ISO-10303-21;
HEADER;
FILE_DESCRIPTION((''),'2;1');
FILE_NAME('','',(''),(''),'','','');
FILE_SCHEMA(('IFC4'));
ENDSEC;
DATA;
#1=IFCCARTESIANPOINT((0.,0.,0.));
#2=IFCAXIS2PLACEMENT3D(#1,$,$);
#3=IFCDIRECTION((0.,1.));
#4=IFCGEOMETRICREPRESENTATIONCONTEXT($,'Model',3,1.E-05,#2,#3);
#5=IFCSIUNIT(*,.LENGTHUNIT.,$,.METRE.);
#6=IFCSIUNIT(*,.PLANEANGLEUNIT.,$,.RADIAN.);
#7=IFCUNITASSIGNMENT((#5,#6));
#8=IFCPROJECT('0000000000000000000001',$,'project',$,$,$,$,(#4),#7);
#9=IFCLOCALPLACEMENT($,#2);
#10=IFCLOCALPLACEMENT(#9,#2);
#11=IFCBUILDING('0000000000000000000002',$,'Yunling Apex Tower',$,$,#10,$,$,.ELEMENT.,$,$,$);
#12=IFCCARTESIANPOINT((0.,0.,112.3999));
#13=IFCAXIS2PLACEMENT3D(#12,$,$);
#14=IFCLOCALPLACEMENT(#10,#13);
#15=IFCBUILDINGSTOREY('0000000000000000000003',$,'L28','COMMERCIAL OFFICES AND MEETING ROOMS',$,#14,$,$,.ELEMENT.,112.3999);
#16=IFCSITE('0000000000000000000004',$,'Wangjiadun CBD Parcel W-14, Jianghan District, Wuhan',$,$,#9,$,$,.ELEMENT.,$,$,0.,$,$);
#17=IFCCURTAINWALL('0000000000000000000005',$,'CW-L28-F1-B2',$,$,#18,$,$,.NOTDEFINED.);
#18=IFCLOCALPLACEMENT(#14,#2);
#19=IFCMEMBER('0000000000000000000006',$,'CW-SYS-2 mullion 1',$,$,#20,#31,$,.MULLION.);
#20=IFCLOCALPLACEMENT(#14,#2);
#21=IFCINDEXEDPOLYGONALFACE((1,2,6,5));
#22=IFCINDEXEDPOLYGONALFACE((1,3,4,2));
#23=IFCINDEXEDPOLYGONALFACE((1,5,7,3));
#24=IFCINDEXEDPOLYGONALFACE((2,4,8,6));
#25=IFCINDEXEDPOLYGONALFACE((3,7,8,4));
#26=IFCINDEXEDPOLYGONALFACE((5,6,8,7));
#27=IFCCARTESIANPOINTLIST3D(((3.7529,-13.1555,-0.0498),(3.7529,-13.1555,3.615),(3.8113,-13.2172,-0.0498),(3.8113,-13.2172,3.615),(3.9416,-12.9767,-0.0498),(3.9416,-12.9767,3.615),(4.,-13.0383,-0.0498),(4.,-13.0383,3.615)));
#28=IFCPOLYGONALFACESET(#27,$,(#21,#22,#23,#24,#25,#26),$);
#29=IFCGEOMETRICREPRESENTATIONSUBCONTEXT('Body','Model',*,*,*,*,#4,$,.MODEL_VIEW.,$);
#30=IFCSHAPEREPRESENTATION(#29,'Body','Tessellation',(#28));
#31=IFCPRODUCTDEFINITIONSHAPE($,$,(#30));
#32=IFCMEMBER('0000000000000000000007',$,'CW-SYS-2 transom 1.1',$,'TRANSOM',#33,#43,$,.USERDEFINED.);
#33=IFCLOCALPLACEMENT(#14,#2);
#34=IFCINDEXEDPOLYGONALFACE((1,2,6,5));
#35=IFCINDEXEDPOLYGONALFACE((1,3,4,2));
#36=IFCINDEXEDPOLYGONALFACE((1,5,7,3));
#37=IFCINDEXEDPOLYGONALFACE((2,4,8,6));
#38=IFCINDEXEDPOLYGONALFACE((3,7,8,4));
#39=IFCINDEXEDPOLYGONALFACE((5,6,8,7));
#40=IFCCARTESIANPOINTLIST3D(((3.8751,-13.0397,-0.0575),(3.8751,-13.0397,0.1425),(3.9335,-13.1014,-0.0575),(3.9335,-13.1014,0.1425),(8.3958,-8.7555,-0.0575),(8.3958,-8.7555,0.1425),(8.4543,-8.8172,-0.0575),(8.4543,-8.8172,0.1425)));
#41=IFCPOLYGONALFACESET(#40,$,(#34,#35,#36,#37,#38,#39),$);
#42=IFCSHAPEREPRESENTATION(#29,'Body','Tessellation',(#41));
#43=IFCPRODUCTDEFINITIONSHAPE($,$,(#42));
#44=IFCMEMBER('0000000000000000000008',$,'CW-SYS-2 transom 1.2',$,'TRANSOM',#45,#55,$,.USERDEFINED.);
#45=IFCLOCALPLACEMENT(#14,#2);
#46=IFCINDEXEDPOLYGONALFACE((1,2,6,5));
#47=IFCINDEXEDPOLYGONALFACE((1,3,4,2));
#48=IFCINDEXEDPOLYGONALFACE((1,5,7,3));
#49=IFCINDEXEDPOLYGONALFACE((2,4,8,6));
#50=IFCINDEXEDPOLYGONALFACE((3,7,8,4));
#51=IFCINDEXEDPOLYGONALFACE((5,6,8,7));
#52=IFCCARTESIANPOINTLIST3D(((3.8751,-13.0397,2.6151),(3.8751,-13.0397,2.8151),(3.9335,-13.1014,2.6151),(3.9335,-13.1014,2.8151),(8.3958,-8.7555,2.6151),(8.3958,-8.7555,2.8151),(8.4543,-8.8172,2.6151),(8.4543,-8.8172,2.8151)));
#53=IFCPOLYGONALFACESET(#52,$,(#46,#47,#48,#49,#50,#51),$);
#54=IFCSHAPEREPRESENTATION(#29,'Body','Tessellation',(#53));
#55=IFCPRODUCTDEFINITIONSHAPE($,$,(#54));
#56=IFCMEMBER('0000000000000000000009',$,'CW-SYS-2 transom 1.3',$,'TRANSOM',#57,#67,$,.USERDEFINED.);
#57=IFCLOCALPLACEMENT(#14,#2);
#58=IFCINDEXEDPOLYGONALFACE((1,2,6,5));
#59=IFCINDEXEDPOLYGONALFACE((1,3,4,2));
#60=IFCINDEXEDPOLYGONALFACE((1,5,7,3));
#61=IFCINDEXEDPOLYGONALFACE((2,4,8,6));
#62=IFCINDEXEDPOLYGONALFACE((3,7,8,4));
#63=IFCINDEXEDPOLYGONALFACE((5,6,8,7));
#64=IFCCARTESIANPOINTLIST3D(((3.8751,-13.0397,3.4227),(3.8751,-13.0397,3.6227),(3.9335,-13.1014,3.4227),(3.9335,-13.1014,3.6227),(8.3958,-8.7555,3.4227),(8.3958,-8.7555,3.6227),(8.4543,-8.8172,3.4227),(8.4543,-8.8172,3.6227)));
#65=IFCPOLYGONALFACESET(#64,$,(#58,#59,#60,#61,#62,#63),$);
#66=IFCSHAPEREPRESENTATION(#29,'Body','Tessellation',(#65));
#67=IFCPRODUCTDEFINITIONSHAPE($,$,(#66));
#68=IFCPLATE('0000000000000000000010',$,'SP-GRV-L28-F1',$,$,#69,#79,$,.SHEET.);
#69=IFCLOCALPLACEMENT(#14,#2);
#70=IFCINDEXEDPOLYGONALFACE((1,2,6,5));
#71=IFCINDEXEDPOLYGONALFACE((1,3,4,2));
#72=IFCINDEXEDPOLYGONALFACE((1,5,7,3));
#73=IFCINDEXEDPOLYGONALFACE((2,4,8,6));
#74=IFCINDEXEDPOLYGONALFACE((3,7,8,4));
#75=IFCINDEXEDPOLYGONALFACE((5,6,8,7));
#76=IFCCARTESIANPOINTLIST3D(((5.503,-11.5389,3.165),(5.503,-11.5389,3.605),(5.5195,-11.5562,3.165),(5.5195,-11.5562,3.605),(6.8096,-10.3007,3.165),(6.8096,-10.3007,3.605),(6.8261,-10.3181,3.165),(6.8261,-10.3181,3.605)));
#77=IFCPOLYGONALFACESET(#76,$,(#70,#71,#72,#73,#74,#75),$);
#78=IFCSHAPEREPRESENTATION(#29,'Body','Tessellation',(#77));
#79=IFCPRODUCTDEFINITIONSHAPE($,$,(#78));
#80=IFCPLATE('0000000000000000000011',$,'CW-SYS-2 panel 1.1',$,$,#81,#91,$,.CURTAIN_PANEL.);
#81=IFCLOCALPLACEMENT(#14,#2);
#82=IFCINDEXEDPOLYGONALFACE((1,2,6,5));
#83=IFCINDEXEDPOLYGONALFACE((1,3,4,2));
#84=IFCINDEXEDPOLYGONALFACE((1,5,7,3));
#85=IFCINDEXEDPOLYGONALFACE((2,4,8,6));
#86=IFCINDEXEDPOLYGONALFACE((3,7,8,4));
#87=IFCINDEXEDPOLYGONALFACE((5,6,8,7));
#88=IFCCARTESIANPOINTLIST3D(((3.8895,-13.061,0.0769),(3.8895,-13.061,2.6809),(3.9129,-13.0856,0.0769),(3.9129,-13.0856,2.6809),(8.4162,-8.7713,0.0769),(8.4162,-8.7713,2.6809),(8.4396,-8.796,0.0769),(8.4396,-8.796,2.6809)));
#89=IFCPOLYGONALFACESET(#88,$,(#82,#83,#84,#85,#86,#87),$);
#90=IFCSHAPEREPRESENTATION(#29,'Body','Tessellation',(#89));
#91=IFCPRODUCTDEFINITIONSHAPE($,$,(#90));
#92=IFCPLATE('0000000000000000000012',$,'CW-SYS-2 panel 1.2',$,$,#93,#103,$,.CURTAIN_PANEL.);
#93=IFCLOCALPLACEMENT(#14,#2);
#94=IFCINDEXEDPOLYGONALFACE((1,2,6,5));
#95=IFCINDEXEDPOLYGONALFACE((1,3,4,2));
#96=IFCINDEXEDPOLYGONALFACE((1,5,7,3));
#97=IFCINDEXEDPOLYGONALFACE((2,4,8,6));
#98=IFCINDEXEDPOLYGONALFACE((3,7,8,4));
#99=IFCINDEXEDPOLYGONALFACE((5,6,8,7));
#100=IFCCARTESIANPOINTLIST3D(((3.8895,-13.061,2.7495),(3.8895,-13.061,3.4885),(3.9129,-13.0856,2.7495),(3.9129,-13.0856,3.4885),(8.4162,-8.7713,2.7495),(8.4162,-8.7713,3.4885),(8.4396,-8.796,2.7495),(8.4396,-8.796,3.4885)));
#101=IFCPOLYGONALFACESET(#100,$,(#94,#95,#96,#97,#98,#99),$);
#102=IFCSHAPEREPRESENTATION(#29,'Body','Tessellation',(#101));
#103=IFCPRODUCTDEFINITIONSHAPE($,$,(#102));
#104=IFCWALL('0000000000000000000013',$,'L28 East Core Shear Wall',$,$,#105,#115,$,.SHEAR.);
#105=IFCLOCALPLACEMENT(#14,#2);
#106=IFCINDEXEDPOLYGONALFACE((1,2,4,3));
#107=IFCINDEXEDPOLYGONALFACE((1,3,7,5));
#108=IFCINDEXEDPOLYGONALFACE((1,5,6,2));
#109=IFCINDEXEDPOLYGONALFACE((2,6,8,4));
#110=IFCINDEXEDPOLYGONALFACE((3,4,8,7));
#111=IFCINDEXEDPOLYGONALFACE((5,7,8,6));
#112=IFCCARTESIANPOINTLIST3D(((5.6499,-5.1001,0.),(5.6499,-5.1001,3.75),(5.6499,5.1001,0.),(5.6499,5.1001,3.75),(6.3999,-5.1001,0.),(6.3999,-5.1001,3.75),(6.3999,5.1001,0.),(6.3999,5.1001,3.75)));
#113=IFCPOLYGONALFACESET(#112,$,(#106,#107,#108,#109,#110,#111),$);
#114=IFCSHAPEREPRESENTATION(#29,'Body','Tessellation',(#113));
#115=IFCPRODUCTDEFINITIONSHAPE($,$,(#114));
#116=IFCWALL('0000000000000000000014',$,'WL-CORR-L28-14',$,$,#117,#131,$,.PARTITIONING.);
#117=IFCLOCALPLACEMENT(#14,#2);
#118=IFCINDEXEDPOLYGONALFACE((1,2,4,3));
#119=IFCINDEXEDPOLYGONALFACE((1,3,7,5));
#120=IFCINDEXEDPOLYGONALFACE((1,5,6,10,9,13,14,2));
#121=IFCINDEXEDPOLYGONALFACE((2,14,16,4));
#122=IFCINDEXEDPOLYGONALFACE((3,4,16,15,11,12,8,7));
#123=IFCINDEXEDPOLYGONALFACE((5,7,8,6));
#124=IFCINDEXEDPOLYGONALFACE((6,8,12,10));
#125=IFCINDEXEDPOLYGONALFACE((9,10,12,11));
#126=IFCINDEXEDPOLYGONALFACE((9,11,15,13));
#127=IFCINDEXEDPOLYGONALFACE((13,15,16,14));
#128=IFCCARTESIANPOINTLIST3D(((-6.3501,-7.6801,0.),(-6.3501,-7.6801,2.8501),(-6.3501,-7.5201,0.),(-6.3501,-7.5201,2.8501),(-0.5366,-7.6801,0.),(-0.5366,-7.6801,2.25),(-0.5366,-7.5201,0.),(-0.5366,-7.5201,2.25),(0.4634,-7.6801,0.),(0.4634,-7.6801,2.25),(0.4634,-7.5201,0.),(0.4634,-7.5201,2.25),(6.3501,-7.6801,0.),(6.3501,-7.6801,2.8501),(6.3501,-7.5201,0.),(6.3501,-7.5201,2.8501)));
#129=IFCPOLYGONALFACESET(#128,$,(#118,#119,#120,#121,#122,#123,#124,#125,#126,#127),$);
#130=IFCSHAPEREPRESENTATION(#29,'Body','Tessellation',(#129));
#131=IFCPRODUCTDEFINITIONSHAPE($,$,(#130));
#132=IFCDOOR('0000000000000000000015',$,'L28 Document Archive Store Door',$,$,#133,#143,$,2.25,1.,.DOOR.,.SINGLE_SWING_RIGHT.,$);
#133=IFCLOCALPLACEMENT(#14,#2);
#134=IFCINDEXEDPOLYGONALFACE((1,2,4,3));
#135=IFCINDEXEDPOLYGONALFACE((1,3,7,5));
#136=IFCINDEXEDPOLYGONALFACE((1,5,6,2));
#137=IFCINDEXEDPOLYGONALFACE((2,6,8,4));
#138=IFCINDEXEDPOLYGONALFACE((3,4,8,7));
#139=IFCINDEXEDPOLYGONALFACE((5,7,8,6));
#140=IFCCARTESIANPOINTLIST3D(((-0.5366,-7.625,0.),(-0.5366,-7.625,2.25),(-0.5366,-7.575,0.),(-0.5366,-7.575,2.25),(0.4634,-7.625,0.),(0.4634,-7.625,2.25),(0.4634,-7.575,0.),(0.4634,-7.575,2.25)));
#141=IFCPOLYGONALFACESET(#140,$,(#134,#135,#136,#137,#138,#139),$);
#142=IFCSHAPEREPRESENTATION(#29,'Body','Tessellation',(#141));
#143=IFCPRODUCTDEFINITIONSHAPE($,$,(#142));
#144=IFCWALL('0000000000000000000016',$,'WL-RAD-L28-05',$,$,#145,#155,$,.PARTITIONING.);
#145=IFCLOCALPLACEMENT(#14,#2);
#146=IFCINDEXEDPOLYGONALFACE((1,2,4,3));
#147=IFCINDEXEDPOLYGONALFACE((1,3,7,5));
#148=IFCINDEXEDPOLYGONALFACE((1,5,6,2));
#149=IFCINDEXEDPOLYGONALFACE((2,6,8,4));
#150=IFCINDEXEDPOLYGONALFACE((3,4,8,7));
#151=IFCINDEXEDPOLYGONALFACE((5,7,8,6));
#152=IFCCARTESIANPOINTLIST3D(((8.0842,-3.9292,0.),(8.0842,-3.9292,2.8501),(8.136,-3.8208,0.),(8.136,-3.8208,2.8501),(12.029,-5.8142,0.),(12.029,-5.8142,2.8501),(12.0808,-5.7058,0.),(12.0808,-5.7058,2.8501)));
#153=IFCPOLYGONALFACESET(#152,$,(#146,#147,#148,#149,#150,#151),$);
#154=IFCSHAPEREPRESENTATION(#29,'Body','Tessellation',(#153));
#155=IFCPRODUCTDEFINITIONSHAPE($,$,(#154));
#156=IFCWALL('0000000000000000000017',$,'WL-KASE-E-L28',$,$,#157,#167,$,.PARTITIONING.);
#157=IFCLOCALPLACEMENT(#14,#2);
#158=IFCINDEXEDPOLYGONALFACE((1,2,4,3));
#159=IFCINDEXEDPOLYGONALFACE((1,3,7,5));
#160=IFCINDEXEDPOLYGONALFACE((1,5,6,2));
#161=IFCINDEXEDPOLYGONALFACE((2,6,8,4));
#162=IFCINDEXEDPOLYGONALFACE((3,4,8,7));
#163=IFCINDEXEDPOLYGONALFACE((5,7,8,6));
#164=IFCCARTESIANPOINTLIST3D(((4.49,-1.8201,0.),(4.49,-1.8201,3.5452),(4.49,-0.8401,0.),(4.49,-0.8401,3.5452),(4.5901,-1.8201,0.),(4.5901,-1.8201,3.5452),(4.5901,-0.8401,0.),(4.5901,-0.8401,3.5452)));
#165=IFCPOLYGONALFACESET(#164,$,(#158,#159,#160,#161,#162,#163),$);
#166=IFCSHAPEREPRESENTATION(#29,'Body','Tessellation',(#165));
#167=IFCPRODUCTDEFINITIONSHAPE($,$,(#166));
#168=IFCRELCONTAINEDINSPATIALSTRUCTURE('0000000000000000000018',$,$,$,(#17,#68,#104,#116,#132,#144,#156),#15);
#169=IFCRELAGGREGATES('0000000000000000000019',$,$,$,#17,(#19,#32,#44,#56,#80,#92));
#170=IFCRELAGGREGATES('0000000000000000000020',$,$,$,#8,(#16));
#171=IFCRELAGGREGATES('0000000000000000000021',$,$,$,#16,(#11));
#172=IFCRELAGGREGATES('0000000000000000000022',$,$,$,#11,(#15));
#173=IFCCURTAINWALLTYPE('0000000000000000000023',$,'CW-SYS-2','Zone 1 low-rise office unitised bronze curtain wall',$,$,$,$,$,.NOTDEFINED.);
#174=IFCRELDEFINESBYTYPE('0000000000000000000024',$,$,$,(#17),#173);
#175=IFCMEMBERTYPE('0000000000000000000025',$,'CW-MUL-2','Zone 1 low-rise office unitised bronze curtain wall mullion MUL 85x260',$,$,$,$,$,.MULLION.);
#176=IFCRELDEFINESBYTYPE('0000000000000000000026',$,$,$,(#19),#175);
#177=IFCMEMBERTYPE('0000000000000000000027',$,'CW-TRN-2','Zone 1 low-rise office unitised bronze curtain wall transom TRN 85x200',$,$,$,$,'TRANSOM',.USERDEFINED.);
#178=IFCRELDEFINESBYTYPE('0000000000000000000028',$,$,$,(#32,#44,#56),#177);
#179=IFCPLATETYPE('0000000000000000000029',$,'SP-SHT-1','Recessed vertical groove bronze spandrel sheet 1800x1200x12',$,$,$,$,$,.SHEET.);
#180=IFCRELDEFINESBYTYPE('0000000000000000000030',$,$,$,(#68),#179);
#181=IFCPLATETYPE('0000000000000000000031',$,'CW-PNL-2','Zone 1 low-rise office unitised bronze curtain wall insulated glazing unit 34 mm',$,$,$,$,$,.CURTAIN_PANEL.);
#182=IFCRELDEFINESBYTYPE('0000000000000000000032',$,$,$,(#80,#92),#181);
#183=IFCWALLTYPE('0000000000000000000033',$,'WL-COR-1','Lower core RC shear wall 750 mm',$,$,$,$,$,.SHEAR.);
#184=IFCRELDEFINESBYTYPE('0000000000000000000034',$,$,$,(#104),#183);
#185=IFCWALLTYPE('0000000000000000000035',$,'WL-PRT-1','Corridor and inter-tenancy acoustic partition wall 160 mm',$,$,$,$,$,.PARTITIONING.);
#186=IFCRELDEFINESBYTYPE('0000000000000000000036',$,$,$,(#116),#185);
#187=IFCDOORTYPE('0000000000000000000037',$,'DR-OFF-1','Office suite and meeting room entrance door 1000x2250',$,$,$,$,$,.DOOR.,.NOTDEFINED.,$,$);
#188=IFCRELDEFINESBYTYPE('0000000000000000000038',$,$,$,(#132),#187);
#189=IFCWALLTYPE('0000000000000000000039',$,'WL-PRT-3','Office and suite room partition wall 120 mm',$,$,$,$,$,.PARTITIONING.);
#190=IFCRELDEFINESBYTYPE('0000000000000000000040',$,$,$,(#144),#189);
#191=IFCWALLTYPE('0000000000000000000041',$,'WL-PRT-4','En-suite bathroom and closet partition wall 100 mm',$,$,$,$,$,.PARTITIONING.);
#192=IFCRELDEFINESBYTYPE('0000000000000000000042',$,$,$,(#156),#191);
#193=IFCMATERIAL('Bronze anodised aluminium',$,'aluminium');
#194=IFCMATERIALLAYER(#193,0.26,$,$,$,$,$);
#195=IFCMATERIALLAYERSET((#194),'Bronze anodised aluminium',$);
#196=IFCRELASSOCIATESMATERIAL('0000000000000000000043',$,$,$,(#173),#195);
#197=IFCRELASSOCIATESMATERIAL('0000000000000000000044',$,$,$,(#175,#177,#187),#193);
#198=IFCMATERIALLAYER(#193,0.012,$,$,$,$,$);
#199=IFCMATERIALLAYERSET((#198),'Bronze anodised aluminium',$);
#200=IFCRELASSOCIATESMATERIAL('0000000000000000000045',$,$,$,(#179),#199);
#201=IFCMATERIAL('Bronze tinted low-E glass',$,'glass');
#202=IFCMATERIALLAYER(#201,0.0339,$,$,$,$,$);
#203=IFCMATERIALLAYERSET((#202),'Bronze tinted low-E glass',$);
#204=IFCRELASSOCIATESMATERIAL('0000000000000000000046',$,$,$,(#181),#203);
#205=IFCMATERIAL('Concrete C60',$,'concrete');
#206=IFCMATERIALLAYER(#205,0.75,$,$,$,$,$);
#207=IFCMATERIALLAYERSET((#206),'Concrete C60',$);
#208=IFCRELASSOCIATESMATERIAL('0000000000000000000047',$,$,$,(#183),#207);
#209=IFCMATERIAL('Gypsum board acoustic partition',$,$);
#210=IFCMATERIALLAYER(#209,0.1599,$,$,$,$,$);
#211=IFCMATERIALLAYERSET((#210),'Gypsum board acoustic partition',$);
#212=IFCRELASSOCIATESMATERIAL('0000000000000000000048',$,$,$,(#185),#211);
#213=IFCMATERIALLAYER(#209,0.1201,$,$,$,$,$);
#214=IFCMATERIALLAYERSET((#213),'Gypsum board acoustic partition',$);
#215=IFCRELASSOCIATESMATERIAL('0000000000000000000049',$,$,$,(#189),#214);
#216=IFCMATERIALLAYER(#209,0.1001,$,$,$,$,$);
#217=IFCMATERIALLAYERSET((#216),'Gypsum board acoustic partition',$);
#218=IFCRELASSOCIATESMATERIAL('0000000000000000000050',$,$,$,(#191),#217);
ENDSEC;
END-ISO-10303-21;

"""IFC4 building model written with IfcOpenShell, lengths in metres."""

from ifc_helpers import new_model, si_unit, direction, frame, frame_2d, origin, origin_2d, place, context, subcontext, project, spatial, rectangle, extrude, source, transform, mapped, material, layer, layer_set, material_profile, profile_set, type_object, element, fill, aggregate, save


model = new_model("IFC4")

# Units and contexts
model_context = context("Model", 3, precision=1e-05, world=origin(), true_north=direction((0.0, 1.0)))
body_context = subcontext(model_context, "Body", "Model", "MODEL_VIEW")
ifc_project = project(units=[si_unit("LENGTHUNIT", "METRE"), si_unit("PLANEANGLEUNIT", "RADIAN")], contexts=[model_context])

# Site, building, storey
site_placement = place(None, origin())
site = spatial("IfcSite", under=ifc_project, at=site_placement, Name="Wangjiadun CBD Parcel W-14, Jianghan District, Wuhan", CompositionType="ELEMENT", RefElevation=0.0)
building_placement = place(site_placement, origin())
building = spatial("IfcBuilding", under=site, at=building_placement, Name="Yunling Apex Tower", CompositionType="ELEMENT")
storey_placement = place(building_placement, frame((0.0, 0.0, 112.3999)))
storey = spatial("IfcBuildingStorey", under=building, at=storey_placement, Name="L28", Description="COMMERCIAL OFFICES AND MEETING ROOMS", CompositionType="ELEMENT", Elevation=112.3999)

# Shared definitions
ifc_material_1 = material(Name="Concrete C60", Category="concrete")

# Shared definitions
ifc_material_2 = material(Name="Bronze anodised aluminium", Category="aluminium")
ifc_layer_1 = layer(ifc_material_2, 0.26)
ifc_layer_set_1 = layer_set([ifc_layer_1], Name="Bronze anodised aluminium")
curtain_wall_type = type_object("IfcCurtainWallType", Name="CW-SYS-2", Description="Zone 1 low-rise office unitised bronze curtain wall", PredefinedType="NOTDEFINED", material=ifc_layer_set_1)
ifc_material_profile_1 = material_profile(ifc_material_2, rectangle(XDim=0.085, YDim=0.26, at=origin_2d()))
ifc_profile_set_1 = profile_set([ifc_material_profile_1], Name="Bronze anodised aluminium")
member_type_1 = type_object("IfcMemberType", Name="CW-MUL-2", Description="Zone 1 low-rise office unitised bronze curtain wall mullion MUL 85x260", PredefinedType="MULLION", material=ifc_profile_set_1)
shared_shape_1 = source(origin(), body_context, "Body", "SweptSolid", [
    extrude(rectangle(XDim=0.085, YDim=0.26, at=origin_2d()), origin(), (0.0, 0.0, 1.0), 3.6648),
])

# Curtain wall, members
curtain_wall_1_placement = place(storey_placement, origin())
curtain_wall_1 = element("IfcCurtainWall", 1, at=curtain_wall_1_placement, inside=storey, type_object=curtain_wall_type, Name="CW-L28-F1-B2", PredefinedType="NOTDEFINED")
member_1_placement = place(storey_placement, frame((3.8765, -13.0969, -0.0498), z_axis=(0.0, 0.0, 1.0), x_axis=(-0.687844, 0.725858, 0.0)))
member_1 = element("IfcMember", 2, at=member_1_placement, type_object=member_type_1, Name="CW-SYS-2 mullion 1", PredefinedType="MULLION", context=body_context, shape_type="MappedRepresentation", body=[
    mapped(shared_shape_1, transform((0.0, 0.0, 0.0), scale=1.0)),
])
ifc_material_profile_2 = material_profile(ifc_material_2, rectangle(XDim=0.085, YDim=0.2, at=origin_2d()))
ifc_profile_set_2 = profile_set([ifc_material_profile_2], Name="Bronze anodised aluminium")
member_type_2 = type_object("IfcMemberType", Name="CW-TRN-2", Description="Zone 1 low-rise office unitised bronze curtain wall transom TRN 85x200", ElementType="TRANSOM", PredefinedType="USERDEFINED", material=ifc_profile_set_2)
shared_shape_2 = source(origin(), body_context, "Body", "SweptSolid", [
    extrude(rectangle(XDim=0.085, YDim=0.2, at=origin_2d()), origin(), (0.0, 0.0, 1.0), 6.2283),
])
member_2_placement = place(storey_placement, frame((3.9043, -13.0706, 0.0425), z_axis=(0.725843, 0.68786, 0.0), x_axis=(-0.68786, 0.725843, 0.0)))
member_2 = element("IfcMember", 3, at=member_2_placement, type_object=member_type_2, Name="CW-SYS-2 transom 1.1", ObjectType="TRANSOM", PredefinedType="USERDEFINED", context=body_context, shape_type="MappedRepresentation", body=[
    mapped(shared_shape_2, transform((0.0, 0.0, 0.0), scale=1.0)),
])
member_3_placement = place(storey_placement, frame((3.9043, -13.0706, 2.7151), z_axis=(0.725843, 0.68786, 0.0), x_axis=(-0.68786, 0.725843, 0.0)))
member_3 = element("IfcMember", 4, at=member_3_placement, type_object=member_type_2, Name="CW-SYS-2 transom 1.2", ObjectType="TRANSOM", PredefinedType="USERDEFINED", context=body_context, shape_type="MappedRepresentation", body=[
    mapped(shared_shape_2, transform((0.0, 0.0, 0.0), scale=1.0)),
])
member_4_placement = place(storey_placement, frame((3.9043, -13.0706, 3.5227), z_axis=(0.725843, 0.68786, 0.0), x_axis=(-0.68786, 0.725843, 0.0)))
member_4 = element("IfcMember", 5, at=member_4_placement, type_object=member_type_2, Name="CW-SYS-2 transom 1.3", ObjectType="TRANSOM", PredefinedType="USERDEFINED", context=body_context, shape_type="MappedRepresentation", body=[
    mapped(shared_shape_2, transform((0.0, 0.0, 0.0), scale=1.0)),
])

# Plates
ifc_layer_2 = layer(ifc_material_2, 0.012)
ifc_layer_set_2 = layer_set([ifc_layer_2], Name="Bronze anodised aluminium")
plate_type_1 = type_object("IfcPlateType", Name="SP-SHT-1", Description="Recessed vertical groove bronze spandrel sheet 1800x1200x12", PredefinedType="SHEET", material=ifc_layer_set_2)
shared_shape_3 = source(origin(), body_context, "Body", "SweptSolid", [
    extrude(rectangle(XDim=1.8, YDim=0.0239, at=origin_2d()), origin(), (0.0, 0.0, 1.0), 0.4399),
])
plate_1_placement = place(storey_placement, frame((6.1646, -10.9285, 3.165), z_axis=(0.0, 0.0, 1.0), x_axis=(0.725855, 0.687848, 0.0)))
element("IfcPlate", 6, at=plate_1_placement, inside=storey, type_object=plate_type_1, Name="SP-GRV-L28-F1", PredefinedType="SHEET", context=body_context, shape_type="MappedRepresentation", body=[
    mapped(shared_shape_3, transform((0.0, 0.0, 0.0), scale=1.0)),
])
ifc_material_3 = material(Name="Bronze tinted low-E glass", Category="glass")
ifc_layer_3 = layer(ifc_material_3, 0.0339)
ifc_layer_set_3 = layer_set([ifc_layer_3], Name="Bronze tinted low-E glass")
plate_type_2 = type_object("IfcPlateType", Name="CW-PNL-2", Description="Zone 1 low-rise office unitised bronze curtain wall insulated glazing unit 34 mm", PredefinedType="CURTAIN_PANEL", material=ifc_layer_set_3)
shared_shape_4 = source(origin(), body_context, "Body", "SweptSolid", [
    extrude(rectangle(XDim=6.2363, YDim=0.0339, at=origin_2d()), origin(), (0.0, 0.0, 1.0), 2.604),
])
plate_2_placement = place(storey_placement, frame((6.1646, -10.9285, 0.0769), z_axis=(0.0, 0.0, 1.0), x_axis=(0.725858, 0.687844, 0.0)))
plate_2 = element("IfcPlate", 7, at=plate_2_placement, type_object=plate_type_2, Name="CW-SYS-2 panel 1.1", PredefinedType="CURTAIN_PANEL", context=body_context, shape_type="MappedRepresentation", body=[
    mapped(shared_shape_4, transform((0.0, 0.0, 0.0), scale=1.0)),
])
shared_shape_5 = source(origin(), body_context, "Body", "SweptSolid", [
    extrude(rectangle(XDim=6.2363, YDim=0.0339, at=origin_2d()), origin(), (0.0, 0.0, 1.0), 0.739),
])
plate_3_placement = place(storey_placement, frame((6.1646, -10.9285, 2.7495), z_axis=(0.0, 0.0, 1.0), x_axis=(0.725858, 0.687844, 0.0)))
plate_3 = element("IfcPlate", 8, at=plate_3_placement, type_object=plate_type_2, Name="CW-SYS-2 panel 1.2", PredefinedType="CURTAIN_PANEL", context=body_context, shape_type="MappedRepresentation", body=[
    mapped(shared_shape_5, transform((0.0, 0.0, 0.0), scale=1.0)),
])
aggregate(curtain_wall_1, [member_1, member_2, member_3, member_4, plate_2, plate_3])

# Wall
ifc_layer_4 = layer(ifc_material_1, 0.75)
ifc_layer_set_4 = layer_set([ifc_layer_4], Name="Concrete C60")
wall_type_1 = type_object("IfcWallType", Name="WL-COR-1", Description="Lower core RC shear wall 750 mm", PredefinedType="SHEAR", material=ifc_layer_set_4)
wall_1_placement = place(storey_placement, frame((6.0249, -5.1001, 0.0), z_axis=(0.0, 0.0, 1.0), x_axis=(0.0, 1.0, 0.0)))
element("IfcWall", 9, at=wall_1_placement, inside=storey, type_object=wall_type_1, Name="L28 East Core Shear Wall", PredefinedType="SHEAR", context=body_context, shape_type="SweptSolid", body=[
    extrude(rectangle(XDim=10.2002, YDim=0.75, at=frame_2d((5.1001, 0.0))), origin(), (0.0, 0.0, 1.0), 3.75),
])

# Wall, opening, door
ifc_material_4 = material(Name="Gypsum board acoustic partition")
ifc_layer_5 = layer(ifc_material_4, 0.1599)
ifc_layer_set_5 = layer_set([ifc_layer_5], Name="Gypsum board acoustic partition")
wall_type_2 = type_object("IfcWallType", Name="WL-PRT-1", Description="Corridor and inter-tenancy acoustic partition wall 160 mm", PredefinedType="PARTITIONING", material=ifc_layer_set_5)
wall_2_placement = place(storey_placement, frame((6.3501, -7.6001, 0.0), z_axis=(0.0, 0.0, 1.0), x_axis=(-1.0, 0.0, 0.0)))
wall_2 = element("IfcWall", 10, at=wall_2_placement, inside=storey, type_object=wall_type_2, Name="WL-CORR-L28-14", PredefinedType="PARTITIONING", context=body_context, shape_type="SweptSolid", body=[
    extrude(rectangle(XDim=12.7002, YDim=0.1599, at=frame_2d((6.3501, 0.0))), origin(), (0.0, 0.0, 1.0), 2.8501),
])
opening_1_placement = place(wall_2_placement, frame((5.8867, 0.0, 0.0)))
opening_1 = element("IfcOpeningElement", 11, at=opening_1_placement, cuts=wall_2, PredefinedType="OPENING", context=body_context, shape_type="SweptSolid", body=[
    extrude(rectangle(XDim=1.0, YDim=2.25, at=frame_2d((0.5, 1.125))), frame((0.0, 0.0898, 0.0), z_axis=(0.0, -1.0, 0.0), x_axis=(1.0, 0.0, 0.0)), (0.0, 0.0, 1.0), 0.1799),
])
door_type_1 = type_object("IfcDoorType", Name="DR-OFF-1", Description="Office suite and meeting room entrance door 1000x2250", OperationType="NOTDEFINED", PredefinedType="DOOR", material=ifc_material_2)
door_1_placement = place(opening_1_placement, origin())
door_1 = element("IfcDoor", 12, at=door_1_placement, inside=storey, type_object=door_type_1, Name="L28 Document Archive Store Door", OperationType="SINGLE_SWING_RIGHT", OverallHeight=2.25, OverallWidth=1.0, PredefinedType="DOOR", context=body_context, shape_type="SweptSolid", body=[
    extrude(rectangle(XDim=1.0, YDim=2.25, at=frame_2d((0.5, 1.125))), frame((0.0, 0.0249, 0.0), z_axis=(0.0, -1.0, 0.0), x_axis=(1.0, 0.0, 0.0)), (0.0, 0.0, 1.0), 0.05),
])
fill(opening_1, door_1)

# Walls
ifc_layer_6 = layer(ifc_material_4, 0.1201)
ifc_layer_set_6 = layer_set([ifc_layer_6], Name="Gypsum board acoustic partition")
wall_type_3 = type_object("IfcWallType", Name="WL-PRT-3", Description="Office and suite room partition wall 120 mm", PredefinedType="PARTITIONING", material=ifc_layer_set_6)
wall_3_placement = place(storey_placement, frame((8.1101, -3.875, 0.0), z_axis=(0.0, 0.0, 1.0), x_axis=(0.902281, -0.431149, 0.0)))
element("IfcWall", 13, at=wall_3_placement, inside=storey, type_object=wall_type_3, Name="WL-RAD-L28-05", PredefinedType="PARTITIONING", context=body_context, shape_type="SweptSolid", body=[
    extrude(rectangle(XDim=4.3721, YDim=0.1201, at=frame_2d((2.186, 0.0))), origin(), (0.0, 0.0, 1.0), 2.8501),
])
ifc_layer_7 = layer(ifc_material_4, 0.1001)
ifc_layer_set_7 = layer_set([ifc_layer_7], Name="Gypsum board acoustic partition")
wall_type_4 = type_object("IfcWallType", Name="WL-PRT-4", Description="En-suite bathroom and closet partition wall 100 mm", PredefinedType="PARTITIONING", material=ifc_layer_set_7)
wall_4_placement = place(storey_placement, frame((4.54, -1.8201, 0.0), z_axis=(0.0, 0.0, 1.0), x_axis=(0.0, 1.0, 0.0)))
element("IfcWall", 14, at=wall_4_placement, inside=storey, type_object=wall_type_4, Name="WL-KASE-E-L28", PredefinedType="PARTITIONING", context=body_context, shape_type="SweptSolid", body=[
    extrude(rectangle(XDim=0.98, YDim=0.1001, at=frame_2d((0.49, 0.0))), origin(), (0.0, 0.0, 1.0), 3.5452),
])

save(model, "model.ifc")
